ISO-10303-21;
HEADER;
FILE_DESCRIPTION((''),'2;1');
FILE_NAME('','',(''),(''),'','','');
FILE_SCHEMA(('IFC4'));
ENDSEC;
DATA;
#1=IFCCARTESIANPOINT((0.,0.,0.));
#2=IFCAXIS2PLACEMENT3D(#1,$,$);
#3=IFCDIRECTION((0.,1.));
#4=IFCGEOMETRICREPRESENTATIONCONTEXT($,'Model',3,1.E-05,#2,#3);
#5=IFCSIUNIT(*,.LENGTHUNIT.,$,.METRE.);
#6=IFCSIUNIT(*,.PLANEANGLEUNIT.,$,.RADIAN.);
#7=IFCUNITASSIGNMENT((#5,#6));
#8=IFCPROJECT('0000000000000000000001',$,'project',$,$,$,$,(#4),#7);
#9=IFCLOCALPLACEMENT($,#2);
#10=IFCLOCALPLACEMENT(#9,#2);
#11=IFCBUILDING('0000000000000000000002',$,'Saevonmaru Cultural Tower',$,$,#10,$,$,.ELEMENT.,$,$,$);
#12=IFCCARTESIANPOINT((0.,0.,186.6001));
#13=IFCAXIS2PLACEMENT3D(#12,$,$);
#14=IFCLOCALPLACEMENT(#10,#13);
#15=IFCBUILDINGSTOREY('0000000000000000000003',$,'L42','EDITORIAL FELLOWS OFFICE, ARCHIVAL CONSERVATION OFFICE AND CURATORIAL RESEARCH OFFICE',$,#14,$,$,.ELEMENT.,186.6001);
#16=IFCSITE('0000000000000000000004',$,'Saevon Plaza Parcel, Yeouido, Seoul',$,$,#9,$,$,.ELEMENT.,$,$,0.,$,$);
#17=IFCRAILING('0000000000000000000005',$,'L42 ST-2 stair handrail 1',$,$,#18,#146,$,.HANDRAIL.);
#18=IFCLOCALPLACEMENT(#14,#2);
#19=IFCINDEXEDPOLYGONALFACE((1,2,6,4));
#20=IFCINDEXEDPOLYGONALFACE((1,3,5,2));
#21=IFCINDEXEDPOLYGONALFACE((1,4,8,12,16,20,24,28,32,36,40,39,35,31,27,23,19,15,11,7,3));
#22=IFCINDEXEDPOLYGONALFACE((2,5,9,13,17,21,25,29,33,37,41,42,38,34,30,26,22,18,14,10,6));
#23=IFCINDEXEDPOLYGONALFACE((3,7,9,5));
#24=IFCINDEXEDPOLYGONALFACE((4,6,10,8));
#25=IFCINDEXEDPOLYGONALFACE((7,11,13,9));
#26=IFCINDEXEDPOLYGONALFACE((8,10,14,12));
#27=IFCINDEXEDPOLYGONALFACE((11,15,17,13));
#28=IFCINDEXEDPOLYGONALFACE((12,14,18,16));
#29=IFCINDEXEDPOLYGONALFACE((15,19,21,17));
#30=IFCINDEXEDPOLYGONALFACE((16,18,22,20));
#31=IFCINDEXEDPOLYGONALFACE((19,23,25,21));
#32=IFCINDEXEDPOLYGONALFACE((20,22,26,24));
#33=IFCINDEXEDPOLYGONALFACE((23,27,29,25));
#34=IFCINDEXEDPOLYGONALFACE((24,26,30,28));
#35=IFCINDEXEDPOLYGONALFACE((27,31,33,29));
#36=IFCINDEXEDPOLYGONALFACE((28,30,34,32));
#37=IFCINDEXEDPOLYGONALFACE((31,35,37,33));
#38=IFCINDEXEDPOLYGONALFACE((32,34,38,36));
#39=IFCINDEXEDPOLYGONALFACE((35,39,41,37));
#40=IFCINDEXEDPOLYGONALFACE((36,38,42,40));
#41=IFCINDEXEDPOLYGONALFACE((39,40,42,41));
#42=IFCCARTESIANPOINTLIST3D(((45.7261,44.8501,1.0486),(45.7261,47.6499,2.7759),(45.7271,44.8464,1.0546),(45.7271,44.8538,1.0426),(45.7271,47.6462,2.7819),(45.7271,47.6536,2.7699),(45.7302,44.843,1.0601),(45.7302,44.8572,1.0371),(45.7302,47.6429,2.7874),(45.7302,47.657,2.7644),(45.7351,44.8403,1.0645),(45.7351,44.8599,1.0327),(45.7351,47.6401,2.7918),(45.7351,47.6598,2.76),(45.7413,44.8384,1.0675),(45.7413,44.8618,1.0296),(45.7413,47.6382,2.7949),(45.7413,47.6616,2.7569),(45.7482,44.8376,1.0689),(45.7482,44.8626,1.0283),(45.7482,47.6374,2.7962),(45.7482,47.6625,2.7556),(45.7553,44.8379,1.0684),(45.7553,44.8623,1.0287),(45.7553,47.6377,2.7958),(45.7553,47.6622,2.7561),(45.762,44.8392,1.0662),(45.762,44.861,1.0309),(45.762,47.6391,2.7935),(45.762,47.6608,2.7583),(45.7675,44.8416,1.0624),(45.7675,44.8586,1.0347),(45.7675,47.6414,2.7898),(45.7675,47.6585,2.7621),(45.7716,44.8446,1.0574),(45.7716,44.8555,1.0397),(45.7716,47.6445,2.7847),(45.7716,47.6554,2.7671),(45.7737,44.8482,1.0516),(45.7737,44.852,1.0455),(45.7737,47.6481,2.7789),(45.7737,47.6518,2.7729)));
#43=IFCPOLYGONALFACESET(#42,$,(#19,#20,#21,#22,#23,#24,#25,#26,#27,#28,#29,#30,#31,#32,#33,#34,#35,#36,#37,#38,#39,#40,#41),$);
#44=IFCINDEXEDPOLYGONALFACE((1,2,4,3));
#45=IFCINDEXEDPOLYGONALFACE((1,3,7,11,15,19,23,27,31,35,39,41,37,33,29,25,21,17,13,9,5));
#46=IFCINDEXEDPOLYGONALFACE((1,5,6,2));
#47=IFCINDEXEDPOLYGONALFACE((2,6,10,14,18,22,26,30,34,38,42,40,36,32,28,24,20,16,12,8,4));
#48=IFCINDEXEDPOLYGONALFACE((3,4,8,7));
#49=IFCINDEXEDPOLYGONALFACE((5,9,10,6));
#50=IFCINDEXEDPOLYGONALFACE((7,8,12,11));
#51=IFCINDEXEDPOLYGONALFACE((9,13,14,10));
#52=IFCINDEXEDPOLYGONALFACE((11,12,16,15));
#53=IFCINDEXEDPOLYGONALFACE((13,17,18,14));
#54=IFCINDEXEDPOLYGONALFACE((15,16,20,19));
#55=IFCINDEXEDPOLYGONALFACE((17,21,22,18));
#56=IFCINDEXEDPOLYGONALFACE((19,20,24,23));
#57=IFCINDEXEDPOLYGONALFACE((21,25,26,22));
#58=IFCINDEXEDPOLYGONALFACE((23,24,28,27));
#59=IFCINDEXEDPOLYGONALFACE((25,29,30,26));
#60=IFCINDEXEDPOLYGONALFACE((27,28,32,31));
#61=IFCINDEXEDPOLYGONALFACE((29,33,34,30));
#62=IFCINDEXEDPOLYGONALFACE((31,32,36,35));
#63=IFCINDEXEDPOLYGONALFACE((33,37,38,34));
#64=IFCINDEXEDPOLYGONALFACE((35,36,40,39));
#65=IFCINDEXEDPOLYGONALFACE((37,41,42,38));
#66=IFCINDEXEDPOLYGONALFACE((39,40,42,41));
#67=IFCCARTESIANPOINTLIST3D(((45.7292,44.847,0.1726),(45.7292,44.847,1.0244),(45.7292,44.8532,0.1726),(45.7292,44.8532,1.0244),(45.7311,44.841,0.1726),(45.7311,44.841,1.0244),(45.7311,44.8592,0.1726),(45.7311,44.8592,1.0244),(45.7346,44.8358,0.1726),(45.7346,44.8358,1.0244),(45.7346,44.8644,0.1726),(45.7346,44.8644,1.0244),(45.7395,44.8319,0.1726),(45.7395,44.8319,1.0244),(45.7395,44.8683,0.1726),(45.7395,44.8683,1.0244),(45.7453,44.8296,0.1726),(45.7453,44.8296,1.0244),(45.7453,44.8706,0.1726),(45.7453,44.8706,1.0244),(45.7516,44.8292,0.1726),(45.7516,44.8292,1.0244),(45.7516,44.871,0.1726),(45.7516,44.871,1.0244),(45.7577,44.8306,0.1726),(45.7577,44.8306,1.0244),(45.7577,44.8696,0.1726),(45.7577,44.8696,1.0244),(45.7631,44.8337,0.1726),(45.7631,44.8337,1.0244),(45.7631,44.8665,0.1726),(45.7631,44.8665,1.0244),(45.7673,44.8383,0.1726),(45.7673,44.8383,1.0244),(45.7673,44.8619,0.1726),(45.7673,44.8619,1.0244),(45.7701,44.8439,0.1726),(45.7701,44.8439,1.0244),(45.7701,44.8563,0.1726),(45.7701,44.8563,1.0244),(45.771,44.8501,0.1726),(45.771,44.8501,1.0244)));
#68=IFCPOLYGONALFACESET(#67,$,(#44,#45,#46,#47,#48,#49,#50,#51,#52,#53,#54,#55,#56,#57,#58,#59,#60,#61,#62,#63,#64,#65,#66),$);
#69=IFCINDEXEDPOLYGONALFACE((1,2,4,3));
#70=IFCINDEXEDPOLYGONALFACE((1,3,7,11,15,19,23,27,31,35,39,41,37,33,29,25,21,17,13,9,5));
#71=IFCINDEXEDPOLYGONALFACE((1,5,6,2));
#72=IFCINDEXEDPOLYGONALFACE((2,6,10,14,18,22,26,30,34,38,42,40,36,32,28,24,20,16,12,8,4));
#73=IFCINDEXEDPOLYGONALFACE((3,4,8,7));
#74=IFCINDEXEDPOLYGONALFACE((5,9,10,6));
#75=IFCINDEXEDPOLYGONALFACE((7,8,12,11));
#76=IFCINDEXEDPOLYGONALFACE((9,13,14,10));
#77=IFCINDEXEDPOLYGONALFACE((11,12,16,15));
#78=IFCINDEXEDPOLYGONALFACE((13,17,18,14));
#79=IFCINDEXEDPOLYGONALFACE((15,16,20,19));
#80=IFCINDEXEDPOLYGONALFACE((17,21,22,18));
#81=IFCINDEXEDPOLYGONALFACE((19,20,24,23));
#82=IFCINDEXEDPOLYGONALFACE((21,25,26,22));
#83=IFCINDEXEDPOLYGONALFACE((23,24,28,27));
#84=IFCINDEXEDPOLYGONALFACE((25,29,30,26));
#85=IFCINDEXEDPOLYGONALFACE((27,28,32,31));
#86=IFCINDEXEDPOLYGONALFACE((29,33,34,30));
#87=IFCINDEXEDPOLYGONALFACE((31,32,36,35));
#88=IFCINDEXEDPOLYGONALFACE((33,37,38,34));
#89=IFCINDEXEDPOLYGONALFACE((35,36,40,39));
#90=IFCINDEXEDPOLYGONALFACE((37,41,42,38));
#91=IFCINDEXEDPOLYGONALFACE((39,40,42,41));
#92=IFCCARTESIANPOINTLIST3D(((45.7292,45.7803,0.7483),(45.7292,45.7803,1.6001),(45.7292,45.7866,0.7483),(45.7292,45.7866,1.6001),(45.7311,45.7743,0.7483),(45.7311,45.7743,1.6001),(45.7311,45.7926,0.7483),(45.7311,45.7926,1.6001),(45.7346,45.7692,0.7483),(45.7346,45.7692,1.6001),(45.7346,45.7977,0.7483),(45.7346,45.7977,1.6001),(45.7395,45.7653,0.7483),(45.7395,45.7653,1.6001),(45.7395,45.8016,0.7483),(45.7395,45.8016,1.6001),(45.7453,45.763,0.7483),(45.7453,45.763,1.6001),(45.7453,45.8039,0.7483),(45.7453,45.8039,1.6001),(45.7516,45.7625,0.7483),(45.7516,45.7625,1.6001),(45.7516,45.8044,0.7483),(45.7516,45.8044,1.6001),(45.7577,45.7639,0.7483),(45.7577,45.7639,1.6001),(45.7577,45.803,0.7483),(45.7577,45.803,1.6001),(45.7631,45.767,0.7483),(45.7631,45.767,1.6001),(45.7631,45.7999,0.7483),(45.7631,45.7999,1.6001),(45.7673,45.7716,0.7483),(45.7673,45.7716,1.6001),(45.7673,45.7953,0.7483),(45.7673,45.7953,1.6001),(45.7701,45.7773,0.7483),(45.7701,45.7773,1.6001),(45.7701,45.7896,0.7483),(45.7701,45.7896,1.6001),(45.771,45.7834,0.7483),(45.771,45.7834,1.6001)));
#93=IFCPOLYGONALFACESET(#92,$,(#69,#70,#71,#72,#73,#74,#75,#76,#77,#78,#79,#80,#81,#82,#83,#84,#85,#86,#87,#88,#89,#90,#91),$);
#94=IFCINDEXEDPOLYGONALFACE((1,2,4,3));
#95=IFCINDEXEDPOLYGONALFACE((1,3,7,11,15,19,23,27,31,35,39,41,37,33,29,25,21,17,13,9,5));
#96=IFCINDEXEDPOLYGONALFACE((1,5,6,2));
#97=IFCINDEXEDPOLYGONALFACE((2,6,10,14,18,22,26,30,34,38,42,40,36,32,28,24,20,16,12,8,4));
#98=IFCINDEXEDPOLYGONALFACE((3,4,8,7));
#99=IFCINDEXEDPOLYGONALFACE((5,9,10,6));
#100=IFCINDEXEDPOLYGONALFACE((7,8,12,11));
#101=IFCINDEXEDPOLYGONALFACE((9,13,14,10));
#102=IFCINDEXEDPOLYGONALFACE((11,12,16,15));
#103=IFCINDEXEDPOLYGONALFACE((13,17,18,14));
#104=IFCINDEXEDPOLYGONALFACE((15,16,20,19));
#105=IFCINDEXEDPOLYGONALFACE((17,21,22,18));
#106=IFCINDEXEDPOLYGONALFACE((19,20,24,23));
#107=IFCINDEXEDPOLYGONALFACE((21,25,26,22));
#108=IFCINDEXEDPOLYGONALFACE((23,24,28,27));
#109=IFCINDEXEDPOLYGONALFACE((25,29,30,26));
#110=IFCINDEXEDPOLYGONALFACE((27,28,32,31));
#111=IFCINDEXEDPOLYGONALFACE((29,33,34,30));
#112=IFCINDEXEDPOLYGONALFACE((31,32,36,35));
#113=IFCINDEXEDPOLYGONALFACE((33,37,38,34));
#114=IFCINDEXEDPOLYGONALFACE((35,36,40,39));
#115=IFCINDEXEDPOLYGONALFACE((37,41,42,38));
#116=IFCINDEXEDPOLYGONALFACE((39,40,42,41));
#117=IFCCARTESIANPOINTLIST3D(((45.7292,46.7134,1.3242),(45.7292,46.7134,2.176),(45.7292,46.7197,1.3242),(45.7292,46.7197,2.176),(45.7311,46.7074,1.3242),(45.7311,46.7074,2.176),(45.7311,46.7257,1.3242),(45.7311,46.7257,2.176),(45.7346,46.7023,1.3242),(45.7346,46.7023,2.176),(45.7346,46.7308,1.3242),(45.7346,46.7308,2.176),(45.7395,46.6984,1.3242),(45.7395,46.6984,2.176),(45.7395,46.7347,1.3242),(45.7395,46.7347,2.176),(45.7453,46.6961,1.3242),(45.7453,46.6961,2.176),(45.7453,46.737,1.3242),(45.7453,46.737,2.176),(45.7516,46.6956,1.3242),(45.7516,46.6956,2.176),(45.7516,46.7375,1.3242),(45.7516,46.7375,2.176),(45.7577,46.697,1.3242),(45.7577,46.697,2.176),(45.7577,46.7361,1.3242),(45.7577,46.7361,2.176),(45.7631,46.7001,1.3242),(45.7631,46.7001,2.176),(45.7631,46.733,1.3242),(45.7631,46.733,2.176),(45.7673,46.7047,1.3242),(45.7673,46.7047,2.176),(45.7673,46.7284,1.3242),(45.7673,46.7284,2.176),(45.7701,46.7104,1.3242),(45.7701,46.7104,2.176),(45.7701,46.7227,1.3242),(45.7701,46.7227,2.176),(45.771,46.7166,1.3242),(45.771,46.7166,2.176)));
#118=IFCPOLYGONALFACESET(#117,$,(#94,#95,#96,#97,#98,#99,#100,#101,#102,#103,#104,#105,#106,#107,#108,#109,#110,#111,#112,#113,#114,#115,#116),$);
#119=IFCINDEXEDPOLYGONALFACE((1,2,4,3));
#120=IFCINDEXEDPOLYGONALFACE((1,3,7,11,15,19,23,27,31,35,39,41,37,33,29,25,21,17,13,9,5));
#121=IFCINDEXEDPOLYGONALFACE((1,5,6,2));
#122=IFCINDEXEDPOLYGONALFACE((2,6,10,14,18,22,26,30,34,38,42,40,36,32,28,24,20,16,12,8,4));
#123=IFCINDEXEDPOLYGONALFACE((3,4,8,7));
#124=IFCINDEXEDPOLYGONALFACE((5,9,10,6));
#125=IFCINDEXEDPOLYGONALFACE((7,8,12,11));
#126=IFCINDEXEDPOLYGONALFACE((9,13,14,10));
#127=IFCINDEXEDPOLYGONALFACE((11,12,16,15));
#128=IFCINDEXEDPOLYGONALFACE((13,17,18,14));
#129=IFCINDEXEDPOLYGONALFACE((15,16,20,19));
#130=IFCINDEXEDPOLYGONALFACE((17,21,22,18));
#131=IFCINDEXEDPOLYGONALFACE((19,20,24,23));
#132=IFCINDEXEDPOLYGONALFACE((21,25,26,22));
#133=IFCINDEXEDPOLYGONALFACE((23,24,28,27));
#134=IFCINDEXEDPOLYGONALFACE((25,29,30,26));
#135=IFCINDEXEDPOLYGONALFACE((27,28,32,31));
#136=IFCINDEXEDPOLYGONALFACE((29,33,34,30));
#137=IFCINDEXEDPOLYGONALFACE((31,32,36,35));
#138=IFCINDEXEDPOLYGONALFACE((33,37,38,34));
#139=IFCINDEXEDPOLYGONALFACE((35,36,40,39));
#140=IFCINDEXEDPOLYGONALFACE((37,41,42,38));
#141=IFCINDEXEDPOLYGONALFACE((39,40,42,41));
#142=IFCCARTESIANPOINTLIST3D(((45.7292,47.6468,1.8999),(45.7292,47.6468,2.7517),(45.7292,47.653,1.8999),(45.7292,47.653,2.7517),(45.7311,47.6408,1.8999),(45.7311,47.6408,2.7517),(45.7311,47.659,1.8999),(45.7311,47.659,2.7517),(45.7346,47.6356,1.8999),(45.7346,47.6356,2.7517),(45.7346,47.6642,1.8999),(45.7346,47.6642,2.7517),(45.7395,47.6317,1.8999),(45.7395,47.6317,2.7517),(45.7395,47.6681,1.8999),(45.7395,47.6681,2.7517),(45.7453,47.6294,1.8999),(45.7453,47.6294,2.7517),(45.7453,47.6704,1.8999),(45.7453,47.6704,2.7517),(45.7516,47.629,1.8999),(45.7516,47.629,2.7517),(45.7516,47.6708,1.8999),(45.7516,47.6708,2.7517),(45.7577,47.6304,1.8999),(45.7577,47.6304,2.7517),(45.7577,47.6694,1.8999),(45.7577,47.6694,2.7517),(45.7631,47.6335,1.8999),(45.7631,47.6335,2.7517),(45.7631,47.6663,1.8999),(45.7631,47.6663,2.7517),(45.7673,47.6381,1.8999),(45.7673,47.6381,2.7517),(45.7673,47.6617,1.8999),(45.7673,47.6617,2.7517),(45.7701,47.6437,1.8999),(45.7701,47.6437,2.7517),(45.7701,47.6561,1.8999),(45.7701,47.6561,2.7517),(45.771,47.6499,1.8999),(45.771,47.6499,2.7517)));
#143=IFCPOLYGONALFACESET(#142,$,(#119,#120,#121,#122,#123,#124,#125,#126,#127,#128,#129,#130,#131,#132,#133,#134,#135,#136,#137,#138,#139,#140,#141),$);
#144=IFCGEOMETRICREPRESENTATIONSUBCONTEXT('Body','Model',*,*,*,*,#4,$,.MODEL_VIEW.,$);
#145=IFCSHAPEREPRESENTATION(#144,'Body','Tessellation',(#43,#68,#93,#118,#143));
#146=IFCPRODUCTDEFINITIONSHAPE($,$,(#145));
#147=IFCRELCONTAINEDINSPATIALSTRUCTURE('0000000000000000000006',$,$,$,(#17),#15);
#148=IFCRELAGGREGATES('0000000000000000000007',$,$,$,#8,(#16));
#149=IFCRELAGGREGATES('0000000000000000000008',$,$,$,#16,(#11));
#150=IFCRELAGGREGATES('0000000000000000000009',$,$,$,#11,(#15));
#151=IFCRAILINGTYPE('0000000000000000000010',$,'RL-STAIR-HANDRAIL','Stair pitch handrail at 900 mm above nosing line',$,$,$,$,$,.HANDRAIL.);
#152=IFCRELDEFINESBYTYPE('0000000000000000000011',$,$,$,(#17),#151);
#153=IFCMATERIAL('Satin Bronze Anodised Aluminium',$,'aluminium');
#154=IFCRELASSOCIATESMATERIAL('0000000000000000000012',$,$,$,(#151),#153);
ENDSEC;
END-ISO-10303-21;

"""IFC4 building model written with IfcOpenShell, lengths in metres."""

from ifc_helpers import new_model, si_unit, direction, frame, origin, origin_2d, place, context, subcontext, project, spatial, circle, extrude, material, type_object, element, save


model = new_model("IFC4")

# Units and contexts
model_context = context("Model", 3, precision=1e-05, world=origin(), true_north=direction((0.0, 1.0)))
body_context = subcontext(model_context, "Body", "Model", "MODEL_VIEW")
ifc_project = project(units=[si_unit("LENGTHUNIT", "METRE"), si_unit("PLANEANGLEUNIT", "RADIAN")], contexts=[model_context])

# Site, building, storey
site_placement = place(None, origin())
site = spatial("IfcSite", under=ifc_project, at=site_placement, Name="Saevon Plaza Parcel, Yeouido, Seoul", CompositionType="ELEMENT", RefElevation=0.0)
building_placement = place(site_placement, origin())
building = spatial("IfcBuilding", under=site, at=building_placement, Name="Saevonmaru Cultural Tower", CompositionType="ELEMENT")
storey_placement = place(building_placement, frame((0.0, 0.0, 186.6001)))
storey = spatial("IfcBuildingStorey", under=building, at=storey_placement, Name="L42", Description="EDITORIAL FELLOWS OFFICE, ARCHIVAL CONSERVATION OFFICE AND CURATORIAL RESEARCH OFFICE", CompositionType="ELEMENT", Elevation=186.6001)

# Shared definitions
ifc_material_1 = material(Name="Satin Bronze Anodised Aluminium", Category="aluminium")

# Railing
railing_type_1 = type_object("IfcRailingType", Name="RL-STAIR-HANDRAIL", Description="Stair pitch handrail at 900 mm above nosing line", PredefinedType="HANDRAIL", material=ifc_material_1)
railing_1_placement = place(storey_placement, frame((45.75, 44.8501, 0.1726)))
element("IfcRailing", 1, at=railing_1_placement, inside=storey, type_object=railing_type_1, Name="L42 ST-2 stair handrail 1", PredefinedType="HANDRAIL", context=body_context, shape_type="SweptSolid", body=[
    extrude(circle(Radius=0.0239, at=origin_2d()), frame((0.0, 0.0, 0.876), z_axis=(0.0, 0.851069, 0.525054), x_axis=(-1.0, 0.0, 0.0)), (0.0, 0.0, 1.0), 3.2898),
    extrude(circle(Radius=0.021, at=origin_2d()), origin(), (0.0, 0.0, 1.0), 0.8518),
    extrude(circle(Radius=0.021, at=origin_2d()), frame((0.0, 0.9333, 0.5757)), (0.0, 0.0, 1.0), 0.8518),
    extrude(circle(Radius=0.021, at=origin_2d()), frame((0.0, 1.8665, 1.1516)), (0.0, 0.0, 1.0), 0.8518),
    extrude(circle(Radius=0.021, at=origin_2d()), frame((0.0, 2.7998, 1.7273)), (0.0, 0.0, 1.0), 0.8518),
])

save(model, "model.ifc")
